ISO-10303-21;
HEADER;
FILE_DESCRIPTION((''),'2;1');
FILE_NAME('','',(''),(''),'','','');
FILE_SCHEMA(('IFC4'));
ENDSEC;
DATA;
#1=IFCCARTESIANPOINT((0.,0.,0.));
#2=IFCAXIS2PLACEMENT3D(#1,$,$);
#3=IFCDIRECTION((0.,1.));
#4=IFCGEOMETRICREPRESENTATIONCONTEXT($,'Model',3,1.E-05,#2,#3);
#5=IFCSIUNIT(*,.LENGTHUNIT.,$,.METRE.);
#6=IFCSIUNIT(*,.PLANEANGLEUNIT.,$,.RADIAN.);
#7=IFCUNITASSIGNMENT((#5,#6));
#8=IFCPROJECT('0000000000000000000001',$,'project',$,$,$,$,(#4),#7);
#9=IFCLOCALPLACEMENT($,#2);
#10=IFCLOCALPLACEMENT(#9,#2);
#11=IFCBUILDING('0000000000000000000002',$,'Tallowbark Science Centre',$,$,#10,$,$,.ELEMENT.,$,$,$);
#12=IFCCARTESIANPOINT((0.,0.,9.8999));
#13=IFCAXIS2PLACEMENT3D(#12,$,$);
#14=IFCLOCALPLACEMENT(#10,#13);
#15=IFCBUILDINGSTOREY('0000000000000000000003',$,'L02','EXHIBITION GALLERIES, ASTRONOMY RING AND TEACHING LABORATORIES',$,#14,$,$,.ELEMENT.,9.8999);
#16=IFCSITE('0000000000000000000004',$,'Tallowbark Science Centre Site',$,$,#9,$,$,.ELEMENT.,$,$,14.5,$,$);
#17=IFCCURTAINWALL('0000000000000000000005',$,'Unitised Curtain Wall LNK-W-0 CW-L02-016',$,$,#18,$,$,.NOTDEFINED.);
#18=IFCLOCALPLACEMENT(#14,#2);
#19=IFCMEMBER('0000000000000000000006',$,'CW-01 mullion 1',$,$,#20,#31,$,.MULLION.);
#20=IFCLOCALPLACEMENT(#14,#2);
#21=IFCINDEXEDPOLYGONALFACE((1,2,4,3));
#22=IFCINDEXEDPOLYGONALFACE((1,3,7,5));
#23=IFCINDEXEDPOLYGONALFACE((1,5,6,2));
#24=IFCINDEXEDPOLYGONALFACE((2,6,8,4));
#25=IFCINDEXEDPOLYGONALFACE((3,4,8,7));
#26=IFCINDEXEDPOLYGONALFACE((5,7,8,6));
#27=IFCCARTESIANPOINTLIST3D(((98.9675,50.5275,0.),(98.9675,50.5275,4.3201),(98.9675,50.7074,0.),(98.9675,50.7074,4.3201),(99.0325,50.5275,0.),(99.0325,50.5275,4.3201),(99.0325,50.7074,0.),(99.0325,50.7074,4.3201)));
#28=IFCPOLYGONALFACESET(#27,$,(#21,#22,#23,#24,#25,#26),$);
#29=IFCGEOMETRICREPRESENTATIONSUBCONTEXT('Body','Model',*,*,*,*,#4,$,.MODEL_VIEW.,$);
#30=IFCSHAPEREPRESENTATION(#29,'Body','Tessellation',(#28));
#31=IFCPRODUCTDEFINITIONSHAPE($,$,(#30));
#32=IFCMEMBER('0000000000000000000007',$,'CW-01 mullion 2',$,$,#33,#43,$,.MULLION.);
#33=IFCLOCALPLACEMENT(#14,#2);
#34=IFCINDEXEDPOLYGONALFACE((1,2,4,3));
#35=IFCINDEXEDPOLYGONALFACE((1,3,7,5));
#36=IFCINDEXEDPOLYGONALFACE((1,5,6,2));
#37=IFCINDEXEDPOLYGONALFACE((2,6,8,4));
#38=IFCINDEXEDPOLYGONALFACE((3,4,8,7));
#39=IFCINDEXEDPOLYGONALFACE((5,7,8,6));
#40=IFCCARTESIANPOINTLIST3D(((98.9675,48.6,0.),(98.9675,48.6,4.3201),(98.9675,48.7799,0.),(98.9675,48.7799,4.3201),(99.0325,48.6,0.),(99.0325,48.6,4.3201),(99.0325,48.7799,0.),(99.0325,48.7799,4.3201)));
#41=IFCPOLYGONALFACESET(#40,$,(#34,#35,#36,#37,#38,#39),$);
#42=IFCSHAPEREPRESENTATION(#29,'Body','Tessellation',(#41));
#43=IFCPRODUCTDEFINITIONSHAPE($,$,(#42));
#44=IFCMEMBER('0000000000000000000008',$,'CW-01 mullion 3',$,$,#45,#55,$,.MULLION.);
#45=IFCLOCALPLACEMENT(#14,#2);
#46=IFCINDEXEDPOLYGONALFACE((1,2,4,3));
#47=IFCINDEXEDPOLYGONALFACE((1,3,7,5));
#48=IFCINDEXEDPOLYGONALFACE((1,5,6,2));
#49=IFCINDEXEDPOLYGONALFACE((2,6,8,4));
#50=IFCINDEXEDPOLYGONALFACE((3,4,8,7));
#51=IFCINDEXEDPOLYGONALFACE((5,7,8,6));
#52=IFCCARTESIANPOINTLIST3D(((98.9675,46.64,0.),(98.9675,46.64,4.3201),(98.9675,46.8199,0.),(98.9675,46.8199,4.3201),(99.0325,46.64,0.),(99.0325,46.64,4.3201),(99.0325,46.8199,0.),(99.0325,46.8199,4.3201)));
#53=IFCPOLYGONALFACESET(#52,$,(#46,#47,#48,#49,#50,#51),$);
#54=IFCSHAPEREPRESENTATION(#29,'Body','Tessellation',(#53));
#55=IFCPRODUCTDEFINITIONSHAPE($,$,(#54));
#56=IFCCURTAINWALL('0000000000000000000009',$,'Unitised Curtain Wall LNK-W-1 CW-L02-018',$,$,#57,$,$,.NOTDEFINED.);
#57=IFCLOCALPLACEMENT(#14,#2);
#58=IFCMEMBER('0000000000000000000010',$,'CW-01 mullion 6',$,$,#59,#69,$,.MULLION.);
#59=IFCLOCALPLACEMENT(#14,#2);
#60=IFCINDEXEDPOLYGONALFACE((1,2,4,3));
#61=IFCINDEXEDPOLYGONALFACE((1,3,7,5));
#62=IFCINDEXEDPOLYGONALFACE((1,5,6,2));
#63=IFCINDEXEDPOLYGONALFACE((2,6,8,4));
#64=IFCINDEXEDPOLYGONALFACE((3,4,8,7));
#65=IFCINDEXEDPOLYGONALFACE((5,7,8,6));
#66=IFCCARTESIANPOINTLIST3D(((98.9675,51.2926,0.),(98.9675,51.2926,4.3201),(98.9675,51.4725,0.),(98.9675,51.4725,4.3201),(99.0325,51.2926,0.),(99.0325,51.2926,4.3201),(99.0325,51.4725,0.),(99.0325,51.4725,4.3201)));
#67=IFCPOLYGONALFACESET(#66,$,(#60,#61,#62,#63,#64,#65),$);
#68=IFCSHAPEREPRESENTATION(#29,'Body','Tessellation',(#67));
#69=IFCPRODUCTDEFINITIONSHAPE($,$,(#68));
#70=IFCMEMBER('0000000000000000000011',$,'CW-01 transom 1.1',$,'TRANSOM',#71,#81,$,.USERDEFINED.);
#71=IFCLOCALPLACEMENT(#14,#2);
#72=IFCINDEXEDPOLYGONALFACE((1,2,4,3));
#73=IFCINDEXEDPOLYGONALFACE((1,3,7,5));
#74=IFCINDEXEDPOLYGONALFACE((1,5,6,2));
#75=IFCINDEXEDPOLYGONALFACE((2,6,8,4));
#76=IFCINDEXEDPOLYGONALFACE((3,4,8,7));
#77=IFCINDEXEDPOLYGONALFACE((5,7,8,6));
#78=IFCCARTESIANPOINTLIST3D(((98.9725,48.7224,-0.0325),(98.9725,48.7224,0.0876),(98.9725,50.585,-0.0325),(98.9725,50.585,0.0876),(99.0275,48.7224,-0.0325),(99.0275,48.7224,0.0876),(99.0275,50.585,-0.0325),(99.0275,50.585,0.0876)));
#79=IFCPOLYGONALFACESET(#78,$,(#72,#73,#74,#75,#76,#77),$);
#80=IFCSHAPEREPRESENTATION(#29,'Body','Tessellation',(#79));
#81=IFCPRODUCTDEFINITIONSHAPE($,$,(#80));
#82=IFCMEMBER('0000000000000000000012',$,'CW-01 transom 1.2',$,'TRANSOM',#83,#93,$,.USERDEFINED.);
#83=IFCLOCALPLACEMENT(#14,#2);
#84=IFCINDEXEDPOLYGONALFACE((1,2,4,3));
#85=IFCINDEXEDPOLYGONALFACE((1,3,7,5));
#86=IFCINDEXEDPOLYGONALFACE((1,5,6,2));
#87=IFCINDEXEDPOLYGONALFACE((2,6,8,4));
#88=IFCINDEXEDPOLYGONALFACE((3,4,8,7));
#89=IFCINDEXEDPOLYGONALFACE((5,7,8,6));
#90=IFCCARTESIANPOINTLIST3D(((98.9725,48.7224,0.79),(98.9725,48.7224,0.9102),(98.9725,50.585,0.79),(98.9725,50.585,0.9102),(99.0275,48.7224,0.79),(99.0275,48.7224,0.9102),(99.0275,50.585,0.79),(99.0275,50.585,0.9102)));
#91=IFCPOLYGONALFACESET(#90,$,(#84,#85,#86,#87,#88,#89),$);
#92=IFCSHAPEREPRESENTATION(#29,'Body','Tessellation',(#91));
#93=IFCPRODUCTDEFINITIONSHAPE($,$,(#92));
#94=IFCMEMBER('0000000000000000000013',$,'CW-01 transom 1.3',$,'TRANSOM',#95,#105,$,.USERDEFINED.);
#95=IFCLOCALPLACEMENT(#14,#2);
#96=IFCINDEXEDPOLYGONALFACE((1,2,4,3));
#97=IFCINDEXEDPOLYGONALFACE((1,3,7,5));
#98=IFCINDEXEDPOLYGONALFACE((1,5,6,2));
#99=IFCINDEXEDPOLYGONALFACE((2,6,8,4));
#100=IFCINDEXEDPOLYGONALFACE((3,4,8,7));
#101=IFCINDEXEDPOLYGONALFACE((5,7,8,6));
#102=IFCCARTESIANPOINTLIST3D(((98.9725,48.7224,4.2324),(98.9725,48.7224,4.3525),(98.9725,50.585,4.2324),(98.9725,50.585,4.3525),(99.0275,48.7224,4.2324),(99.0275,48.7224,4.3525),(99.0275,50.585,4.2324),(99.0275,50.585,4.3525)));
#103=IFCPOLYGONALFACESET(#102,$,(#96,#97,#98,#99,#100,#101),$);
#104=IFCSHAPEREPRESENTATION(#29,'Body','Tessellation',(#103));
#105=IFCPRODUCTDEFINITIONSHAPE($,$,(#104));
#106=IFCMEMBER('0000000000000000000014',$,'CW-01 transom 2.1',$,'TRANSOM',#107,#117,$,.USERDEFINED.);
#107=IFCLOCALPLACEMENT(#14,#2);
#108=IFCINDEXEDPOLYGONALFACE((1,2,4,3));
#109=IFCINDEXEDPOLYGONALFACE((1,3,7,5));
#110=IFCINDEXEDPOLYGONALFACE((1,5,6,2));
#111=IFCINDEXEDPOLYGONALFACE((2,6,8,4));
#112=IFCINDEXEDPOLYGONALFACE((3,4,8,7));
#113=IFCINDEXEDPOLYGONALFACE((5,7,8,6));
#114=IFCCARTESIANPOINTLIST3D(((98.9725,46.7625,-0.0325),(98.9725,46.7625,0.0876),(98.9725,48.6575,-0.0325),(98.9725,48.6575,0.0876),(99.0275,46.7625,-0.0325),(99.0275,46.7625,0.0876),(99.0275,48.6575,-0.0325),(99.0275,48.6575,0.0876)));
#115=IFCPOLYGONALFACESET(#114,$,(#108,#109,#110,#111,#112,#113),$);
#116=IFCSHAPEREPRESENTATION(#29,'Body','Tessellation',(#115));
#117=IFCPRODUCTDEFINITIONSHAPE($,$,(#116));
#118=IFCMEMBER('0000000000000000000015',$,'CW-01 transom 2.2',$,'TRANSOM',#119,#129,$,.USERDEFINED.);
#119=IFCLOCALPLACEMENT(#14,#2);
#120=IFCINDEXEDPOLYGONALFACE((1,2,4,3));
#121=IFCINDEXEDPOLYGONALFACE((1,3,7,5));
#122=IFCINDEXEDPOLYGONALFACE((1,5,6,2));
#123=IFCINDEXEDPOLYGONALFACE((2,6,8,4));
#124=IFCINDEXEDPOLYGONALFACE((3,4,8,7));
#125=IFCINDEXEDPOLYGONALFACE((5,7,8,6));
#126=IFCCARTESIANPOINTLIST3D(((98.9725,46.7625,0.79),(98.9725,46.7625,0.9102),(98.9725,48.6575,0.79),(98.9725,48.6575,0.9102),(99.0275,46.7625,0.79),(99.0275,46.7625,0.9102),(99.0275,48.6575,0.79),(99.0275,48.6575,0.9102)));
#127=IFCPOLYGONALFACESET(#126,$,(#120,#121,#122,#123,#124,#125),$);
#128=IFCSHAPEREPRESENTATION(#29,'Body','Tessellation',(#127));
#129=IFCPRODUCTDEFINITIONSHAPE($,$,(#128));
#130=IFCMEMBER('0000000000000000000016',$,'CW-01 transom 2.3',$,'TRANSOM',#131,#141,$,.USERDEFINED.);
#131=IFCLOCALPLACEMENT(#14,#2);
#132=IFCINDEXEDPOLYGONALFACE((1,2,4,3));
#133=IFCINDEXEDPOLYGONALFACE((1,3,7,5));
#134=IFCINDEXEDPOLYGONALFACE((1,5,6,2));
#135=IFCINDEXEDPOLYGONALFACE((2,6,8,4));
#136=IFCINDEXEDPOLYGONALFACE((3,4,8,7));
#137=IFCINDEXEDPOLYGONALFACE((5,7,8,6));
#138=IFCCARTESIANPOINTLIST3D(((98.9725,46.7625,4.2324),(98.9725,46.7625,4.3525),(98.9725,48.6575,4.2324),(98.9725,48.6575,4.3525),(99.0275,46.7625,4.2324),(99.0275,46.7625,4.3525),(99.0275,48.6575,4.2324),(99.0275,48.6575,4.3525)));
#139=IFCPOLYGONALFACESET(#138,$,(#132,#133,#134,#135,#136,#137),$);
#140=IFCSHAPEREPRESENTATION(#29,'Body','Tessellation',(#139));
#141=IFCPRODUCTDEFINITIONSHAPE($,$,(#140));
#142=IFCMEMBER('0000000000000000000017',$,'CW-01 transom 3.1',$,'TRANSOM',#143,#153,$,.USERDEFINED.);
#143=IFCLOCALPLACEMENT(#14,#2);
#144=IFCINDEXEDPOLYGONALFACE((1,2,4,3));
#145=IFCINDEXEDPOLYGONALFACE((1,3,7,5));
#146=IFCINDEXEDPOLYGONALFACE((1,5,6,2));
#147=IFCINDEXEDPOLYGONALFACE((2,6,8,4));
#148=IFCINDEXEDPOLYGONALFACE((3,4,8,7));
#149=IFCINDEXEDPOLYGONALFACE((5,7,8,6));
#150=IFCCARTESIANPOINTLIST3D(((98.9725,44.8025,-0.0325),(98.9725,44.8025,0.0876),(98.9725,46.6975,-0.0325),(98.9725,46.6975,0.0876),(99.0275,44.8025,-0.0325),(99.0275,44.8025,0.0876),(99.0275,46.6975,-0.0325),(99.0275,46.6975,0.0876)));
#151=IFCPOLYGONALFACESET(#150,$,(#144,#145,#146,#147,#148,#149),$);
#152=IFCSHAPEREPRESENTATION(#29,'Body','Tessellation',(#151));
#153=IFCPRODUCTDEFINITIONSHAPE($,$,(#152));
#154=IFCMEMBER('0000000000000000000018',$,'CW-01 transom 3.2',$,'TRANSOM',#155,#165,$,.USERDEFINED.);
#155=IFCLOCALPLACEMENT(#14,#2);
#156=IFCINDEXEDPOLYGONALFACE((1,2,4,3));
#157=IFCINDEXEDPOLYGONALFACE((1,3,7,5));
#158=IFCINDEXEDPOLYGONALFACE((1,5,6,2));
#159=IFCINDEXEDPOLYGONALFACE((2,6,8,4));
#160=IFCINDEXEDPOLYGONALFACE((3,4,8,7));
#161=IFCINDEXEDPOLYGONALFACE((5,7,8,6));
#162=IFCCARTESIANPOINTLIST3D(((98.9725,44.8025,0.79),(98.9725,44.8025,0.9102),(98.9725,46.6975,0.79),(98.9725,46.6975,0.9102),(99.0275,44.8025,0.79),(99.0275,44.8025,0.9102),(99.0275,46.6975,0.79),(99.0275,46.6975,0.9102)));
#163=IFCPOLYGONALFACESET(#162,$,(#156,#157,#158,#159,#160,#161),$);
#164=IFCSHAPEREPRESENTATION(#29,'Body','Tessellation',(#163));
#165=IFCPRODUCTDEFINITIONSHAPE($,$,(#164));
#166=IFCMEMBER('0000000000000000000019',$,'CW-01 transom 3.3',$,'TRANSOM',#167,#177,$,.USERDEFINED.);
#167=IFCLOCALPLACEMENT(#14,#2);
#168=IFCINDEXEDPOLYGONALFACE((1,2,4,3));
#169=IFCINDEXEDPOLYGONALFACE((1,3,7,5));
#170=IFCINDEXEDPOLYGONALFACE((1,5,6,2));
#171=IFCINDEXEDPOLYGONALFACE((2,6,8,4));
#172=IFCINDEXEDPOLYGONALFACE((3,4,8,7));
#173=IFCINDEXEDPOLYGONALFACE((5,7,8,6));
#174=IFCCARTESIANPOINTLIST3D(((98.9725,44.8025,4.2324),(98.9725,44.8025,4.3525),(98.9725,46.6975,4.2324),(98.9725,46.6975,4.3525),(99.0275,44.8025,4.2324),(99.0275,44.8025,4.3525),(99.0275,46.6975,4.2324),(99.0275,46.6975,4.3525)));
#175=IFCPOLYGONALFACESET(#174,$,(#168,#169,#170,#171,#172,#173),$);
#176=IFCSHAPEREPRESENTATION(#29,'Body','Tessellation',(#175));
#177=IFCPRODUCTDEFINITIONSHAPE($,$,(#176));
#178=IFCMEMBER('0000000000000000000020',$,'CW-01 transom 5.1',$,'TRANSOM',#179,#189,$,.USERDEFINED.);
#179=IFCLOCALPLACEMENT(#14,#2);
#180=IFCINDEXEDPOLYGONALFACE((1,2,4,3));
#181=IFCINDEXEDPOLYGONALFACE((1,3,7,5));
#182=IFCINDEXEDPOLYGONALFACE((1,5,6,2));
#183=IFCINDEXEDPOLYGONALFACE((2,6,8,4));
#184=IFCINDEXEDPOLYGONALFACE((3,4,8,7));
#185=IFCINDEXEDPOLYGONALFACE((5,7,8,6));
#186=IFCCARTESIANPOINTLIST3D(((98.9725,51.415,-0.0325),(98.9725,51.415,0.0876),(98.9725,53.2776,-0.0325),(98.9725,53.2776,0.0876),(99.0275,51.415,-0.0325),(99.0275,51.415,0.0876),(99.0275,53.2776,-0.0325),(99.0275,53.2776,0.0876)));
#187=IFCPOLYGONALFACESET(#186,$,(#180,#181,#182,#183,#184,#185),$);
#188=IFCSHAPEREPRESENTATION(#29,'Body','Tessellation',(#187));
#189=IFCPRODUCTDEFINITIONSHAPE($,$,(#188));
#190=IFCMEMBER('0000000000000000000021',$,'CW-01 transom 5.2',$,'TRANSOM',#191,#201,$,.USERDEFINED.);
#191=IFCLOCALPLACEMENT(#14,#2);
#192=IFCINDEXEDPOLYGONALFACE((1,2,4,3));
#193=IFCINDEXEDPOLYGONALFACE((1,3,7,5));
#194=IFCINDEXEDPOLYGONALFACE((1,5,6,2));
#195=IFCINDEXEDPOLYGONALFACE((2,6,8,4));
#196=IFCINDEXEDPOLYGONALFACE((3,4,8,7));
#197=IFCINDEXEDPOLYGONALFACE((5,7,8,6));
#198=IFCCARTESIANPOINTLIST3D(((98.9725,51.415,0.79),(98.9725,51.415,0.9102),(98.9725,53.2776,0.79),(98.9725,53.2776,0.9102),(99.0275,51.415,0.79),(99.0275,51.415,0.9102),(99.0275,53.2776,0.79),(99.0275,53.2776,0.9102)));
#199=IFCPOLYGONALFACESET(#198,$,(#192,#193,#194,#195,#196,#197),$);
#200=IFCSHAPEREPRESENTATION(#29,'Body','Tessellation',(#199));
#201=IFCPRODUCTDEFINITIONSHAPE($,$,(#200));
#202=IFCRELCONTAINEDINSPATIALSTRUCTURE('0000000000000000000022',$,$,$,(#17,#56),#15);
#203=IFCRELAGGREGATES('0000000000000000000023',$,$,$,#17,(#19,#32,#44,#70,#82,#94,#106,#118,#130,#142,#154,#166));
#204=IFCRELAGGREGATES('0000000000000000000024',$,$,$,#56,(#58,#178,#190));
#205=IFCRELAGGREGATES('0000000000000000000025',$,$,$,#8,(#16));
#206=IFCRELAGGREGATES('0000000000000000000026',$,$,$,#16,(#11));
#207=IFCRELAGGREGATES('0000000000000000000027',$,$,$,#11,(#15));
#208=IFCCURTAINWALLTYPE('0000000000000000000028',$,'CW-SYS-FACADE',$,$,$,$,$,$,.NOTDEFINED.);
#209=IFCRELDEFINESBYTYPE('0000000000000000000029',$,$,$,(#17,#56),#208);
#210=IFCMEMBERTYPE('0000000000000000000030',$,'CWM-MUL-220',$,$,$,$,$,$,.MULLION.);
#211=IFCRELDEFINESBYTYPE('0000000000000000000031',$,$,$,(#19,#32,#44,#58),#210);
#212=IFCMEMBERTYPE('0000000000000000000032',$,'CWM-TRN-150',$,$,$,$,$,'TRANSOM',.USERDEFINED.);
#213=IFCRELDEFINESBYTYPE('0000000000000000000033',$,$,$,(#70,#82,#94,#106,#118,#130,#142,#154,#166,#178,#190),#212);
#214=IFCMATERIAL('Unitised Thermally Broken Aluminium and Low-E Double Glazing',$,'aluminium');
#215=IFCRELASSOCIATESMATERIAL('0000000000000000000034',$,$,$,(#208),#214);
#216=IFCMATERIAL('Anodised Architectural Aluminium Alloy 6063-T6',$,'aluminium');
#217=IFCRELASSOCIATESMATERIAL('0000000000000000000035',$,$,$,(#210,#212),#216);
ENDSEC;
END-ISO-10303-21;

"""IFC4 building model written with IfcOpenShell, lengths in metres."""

from ifc_helpers import new_model, si_unit, direction, frame, origin, origin_2d, place, context, subcontext, project, spatial, rectangle, extrude, material, material_profile, profile_set, type_object, element, aggregate, save


model = new_model("IFC4")

# Units and contexts
model_context = context("Model", 3, precision=1e-05, world=origin(), true_north=direction((0.0, 1.0)))
body_context = subcontext(model_context, "Body", "Model", "MODEL_VIEW")
ifc_project = project(units=[si_unit("LENGTHUNIT", "METRE"), si_unit("PLANEANGLEUNIT", "RADIAN")], contexts=[model_context])

# Site, building, storey
site_placement = place(None, origin())
site = spatial("IfcSite", under=ifc_project, at=site_placement, Name="Tallowbark Science Centre Site", CompositionType="ELEMENT", RefElevation=14.5)
building_placement = place(site_placement, origin())
building = spatial("IfcBuilding", under=site, at=building_placement, Name="Tallowbark Science Centre", CompositionType="ELEMENT")
storey_placement = place(building_placement, frame((0.0, 0.0, 9.8999)))
storey = spatial("IfcBuildingStorey", under=building, at=storey_placement, Name="L02", Description="EXHIBITION GALLERIES, ASTRONOMY RING AND TEACHING LABORATORIES", CompositionType="ELEMENT", Elevation=9.8999)

# Curtain wall, members
ifc_material_1 = material(Name="Unitised Thermally Broken Aluminium and Low-E Double Glazing", Category="aluminium")
curtain_wall_type = type_object("IfcCurtainWallType", Name="CW-SYS-FACADE", PredefinedType="NOTDEFINED", material=ifc_material_1)
curtain_wall_1_placement = place(storey_placement, origin())
curtain_wall_1 = element("IfcCurtainWall", 1, at=curtain_wall_1_placement, inside=storey, type_object=curtain_wall_type, Name="Unitised Curtain Wall LNK-W-0 CW-L02-016", PredefinedType="NOTDEFINED")
ifc_material_2 = material(Name="Anodised Architectural Aluminium Alloy 6063-T6", Category="aluminium")
ifc_material_profile_1 = material_profile(ifc_material_2, rectangle(XDim=0.0649, YDim=0.1799, at=origin_2d()), Name="ALU65x180")
ifc_profile_set_1 = profile_set([ifc_material_profile_1], Name="Anodised Architectural Aluminium Alloy 6063-T6")
member_type_1 = type_object("IfcMemberType", Name="CWM-MUL-220", PredefinedType="MULLION", material=ifc_profile_set_1)
member_1_placement = place(storey_placement, frame((99.0, 50.6174, 0.0), z_axis=(0.0, 0.0, 1.0), x_axis=(1.0, 0.0, 0.0)))
member_1 = element("IfcMember", 2, at=member_1_placement, type_object=member_type_1, Name="CW-01 mullion 1", PredefinedType="MULLION", context=body_context, shape_type="SweptSolid", body=[
    extrude(rectangle(XDim=0.0649, YDim=0.1799, at=origin_2d()), origin(), (0.0, 0.0, 1.0), 4.3201),
])
member_2_placement = place(storey_placement, frame((99.0, 48.6899, 0.0), z_axis=(0.0, 0.0, 1.0), x_axis=(1.0, 0.0, 0.0)))
member_2 = element("IfcMember", 3, at=member_2_placement, type_object=member_type_1, Name="CW-01 mullion 2", PredefinedType="MULLION", context=body_context, shape_type="SweptSolid", body=[
    extrude(rectangle(XDim=0.0649, YDim=0.1799, at=origin_2d()), origin(), (0.0, 0.0, 1.0), 4.3201),
])
member_3_placement = place(storey_placement, frame((99.0, 46.73, 0.0), z_axis=(0.0, 0.0, 1.0), x_axis=(1.0, 0.0, 0.0)))
member_3 = element("IfcMember", 4, at=member_3_placement, type_object=member_type_1, Name="CW-01 mullion 3", PredefinedType="MULLION", context=body_context, shape_type="SweptSolid", body=[
    extrude(rectangle(XDim=0.0649, YDim=0.1799, at=origin_2d()), origin(), (0.0, 0.0, 1.0), 4.3201),
])

# Curtain wall, member
curtain_wall_2_placement = place(storey_placement, origin())
curtain_wall_2 = element("IfcCurtainWall", 5, at=curtain_wall_2_placement, inside=storey, type_object=curtain_wall_type, Name="Unitised Curtain Wall LNK-W-1 CW-L02-018", PredefinedType="NOTDEFINED")
member_4_placement = place(storey_placement, frame((99.0, 51.3826, 0.0), z_axis=(0.0, 0.0, 1.0), x_axis=(1.0, 0.0, 0.0)))
member_4 = element("IfcMember", 6, at=member_4_placement, type_object=member_type_1, Name="CW-01 mullion 6", PredefinedType="MULLION", context=body_context, shape_type="SweptSolid", body=[
    extrude(rectangle(XDim=0.0649, YDim=0.1799, at=origin_2d()), origin(), (0.0, 0.0, 1.0), 4.3201),
])

# Members
ifc_material_profile_2 = material_profile(ifc_material_2, rectangle(XDim=0.0549, YDim=0.1201, at=origin_2d()), Name="ALU55x120")
ifc_profile_set_2 = profile_set([ifc_material_profile_2], Name="Anodised Architectural Aluminium Alloy 6063-T6")
member_type_2 = type_object("IfcMemberType", Name="CWM-TRN-150", ElementType="TRANSOM", PredefinedType="USERDEFINED", material=ifc_profile_set_2)
member_5_placement = place(storey_placement, frame((99.0, 50.585, 0.0276), z_axis=(0.0, -1.0, 0.0), x_axis=(1.0, 0.0, 0.0)))
member_5 = element("IfcMember", 7, at=member_5_placement, type_object=member_type_2, Name="CW-01 transom 1.1", ObjectType="TRANSOM", PredefinedType="USERDEFINED", context=body_context, shape_type="SweptSolid", body=[
    extrude(rectangle(XDim=0.0549, YDim=0.1201, at=origin_2d()), origin(), (0.0, 0.0, 1.0), 1.8625),
])
member_6_placement = place(storey_placement, frame((99.0, 50.585, 0.8501), z_axis=(0.0, -1.0, 0.0), x_axis=(1.0, 0.0, 0.0)))
member_6 = element("IfcMember", 8, at=member_6_placement, type_object=member_type_2, Name="CW-01 transom 1.2", ObjectType="TRANSOM", PredefinedType="USERDEFINED", context=body_context, shape_type="SweptSolid", body=[
    extrude(rectangle(XDim=0.0549, YDim=0.1201, at=origin_2d()), origin(), (0.0, 0.0, 1.0), 1.8625),
])
member_7_placement = place(storey_placement, frame((99.0, 50.585, 4.2925), z_axis=(0.0, -1.0, 0.0), x_axis=(1.0, 0.0, 0.0)))
member_7 = element("IfcMember", 9, at=member_7_placement, type_object=member_type_2, Name="CW-01 transom 1.3", ObjectType="TRANSOM", PredefinedType="USERDEFINED", context=body_context, shape_type="SweptSolid", body=[
    extrude(rectangle(XDim=0.0549, YDim=0.1201, at=origin_2d()), origin(), (0.0, 0.0, 1.0), 1.8625),
])
member_8_placement = place(storey_placement, frame((99.0, 48.6575, 0.0276), z_axis=(0.0, -1.0, 0.0), x_axis=(1.0, 0.0, 0.0)))
member_8 = element("IfcMember", 10, at=member_8_placement, type_object=member_type_2, Name="CW-01 transom 2.1", ObjectType="TRANSOM", PredefinedType="USERDEFINED", context=body_context, shape_type="SweptSolid", body=[
    extrude(rectangle(XDim=0.0549, YDim=0.1201, at=origin_2d()), origin(), (0.0, 0.0, 1.0), 1.895),
])
member_9_placement = place(storey_placement, frame((99.0, 48.6575, 0.8501), z_axis=(0.0, -1.0, 0.0), x_axis=(1.0, 0.0, 0.0)))
member_9 = element("IfcMember", 11, at=member_9_placement, type_object=member_type_2, Name="CW-01 transom 2.2", ObjectType="TRANSOM", PredefinedType="USERDEFINED", context=body_context, shape_type="SweptSolid", body=[
    extrude(rectangle(XDim=0.0549, YDim=0.1201, at=origin_2d()), origin(), (0.0, 0.0, 1.0), 1.895),
])
member_10_placement = place(storey_placement, frame((99.0, 48.6575, 4.2925), z_axis=(0.0, -1.0, 0.0), x_axis=(1.0, 0.0, 0.0)))
member_10 = element("IfcMember", 12, at=member_10_placement, type_object=member_type_2, Name="CW-01 transom 2.3", ObjectType="TRANSOM", PredefinedType="USERDEFINED", context=body_context, shape_type="SweptSolid", body=[
    extrude(rectangle(XDim=0.0549, YDim=0.1201, at=origin_2d()), origin(), (0.0, 0.0, 1.0), 1.895),
])
member_11_placement = place(storey_placement, frame((99.0, 46.6975, 0.0276), z_axis=(0.0, -1.0, 0.0), x_axis=(1.0, 0.0, 0.0)))
member_11 = element("IfcMember", 13, at=member_11_placement, type_object=member_type_2, Name="CW-01 transom 3.1", ObjectType="TRANSOM", PredefinedType="USERDEFINED", context=body_context, shape_type="SweptSolid", body=[
    extrude(rectangle(XDim=0.0549, YDim=0.1201, at=origin_2d()), origin(), (0.0, 0.0, 1.0), 1.895),
])
member_12_placement = place(storey_placement, frame((99.0, 46.6975, 0.8501), z_axis=(0.0, -1.0, 0.0), x_axis=(1.0, 0.0, 0.0)))
member_12 = element("IfcMember", 14, at=member_12_placement, type_object=member_type_2, Name="CW-01 transom 3.2", ObjectType="TRANSOM", PredefinedType="USERDEFINED", context=body_context, shape_type="SweptSolid", body=[
    extrude(rectangle(XDim=0.0549, YDim=0.1201, at=origin_2d()), origin(), (0.0, 0.0, 1.0), 1.895),
])
member_13_placement = place(storey_placement, frame((99.0, 46.6975, 4.2925), z_axis=(0.0, -1.0, 0.0), x_axis=(1.0, 0.0, 0.0)))
member_13 = element("IfcMember", 15, at=member_13_placement, type_object=member_type_2, Name="CW-01 transom 3.3", ObjectType="TRANSOM", PredefinedType="USERDEFINED", context=body_context, shape_type="SweptSolid", body=[
    extrude(rectangle(XDim=0.0549, YDim=0.1201, at=origin_2d()), origin(), (0.0, 0.0, 1.0), 1.895),
])
member_14_placement = place(storey_placement, frame((99.0, 53.2776, 0.0276), z_axis=(0.0, -1.0, 0.0), x_axis=(1.0, 0.0, 0.0)))
member_14 = element("IfcMember", 16, at=member_14_placement, type_object=member_type_2, Name="CW-01 transom 5.1", ObjectType="TRANSOM", PredefinedType="USERDEFINED", context=body_context, shape_type="SweptSolid", body=[
    extrude(rectangle(XDim=0.0549, YDim=0.1201, at=origin_2d()), origin(), (0.0, 0.0, 1.0), 1.8625),
])
member_15_placement = place(storey_placement, frame((99.0, 53.2776, 0.8501), z_axis=(0.0, -1.0, 0.0), x_axis=(1.0, 0.0, 0.0)))
member_15 = element("IfcMember", 17, at=member_15_placement, type_object=member_type_2, Name="CW-01 transom 5.2", ObjectType="TRANSOM", PredefinedType="USERDEFINED", context=body_context, shape_type="SweptSolid", body=[
    extrude(rectangle(XDim=0.0549, YDim=0.1201, at=origin_2d()), origin(), (0.0, 0.0, 1.0), 1.8625),
])

aggregate(curtain_wall_1, [member_1, member_2, member_3, member_5, member_6, member_7, member_8, member_9, member_10, member_11, member_12, member_13])
aggregate(curtain_wall_2, [member_4, member_14, member_15])

save(model, "model.ifc")
